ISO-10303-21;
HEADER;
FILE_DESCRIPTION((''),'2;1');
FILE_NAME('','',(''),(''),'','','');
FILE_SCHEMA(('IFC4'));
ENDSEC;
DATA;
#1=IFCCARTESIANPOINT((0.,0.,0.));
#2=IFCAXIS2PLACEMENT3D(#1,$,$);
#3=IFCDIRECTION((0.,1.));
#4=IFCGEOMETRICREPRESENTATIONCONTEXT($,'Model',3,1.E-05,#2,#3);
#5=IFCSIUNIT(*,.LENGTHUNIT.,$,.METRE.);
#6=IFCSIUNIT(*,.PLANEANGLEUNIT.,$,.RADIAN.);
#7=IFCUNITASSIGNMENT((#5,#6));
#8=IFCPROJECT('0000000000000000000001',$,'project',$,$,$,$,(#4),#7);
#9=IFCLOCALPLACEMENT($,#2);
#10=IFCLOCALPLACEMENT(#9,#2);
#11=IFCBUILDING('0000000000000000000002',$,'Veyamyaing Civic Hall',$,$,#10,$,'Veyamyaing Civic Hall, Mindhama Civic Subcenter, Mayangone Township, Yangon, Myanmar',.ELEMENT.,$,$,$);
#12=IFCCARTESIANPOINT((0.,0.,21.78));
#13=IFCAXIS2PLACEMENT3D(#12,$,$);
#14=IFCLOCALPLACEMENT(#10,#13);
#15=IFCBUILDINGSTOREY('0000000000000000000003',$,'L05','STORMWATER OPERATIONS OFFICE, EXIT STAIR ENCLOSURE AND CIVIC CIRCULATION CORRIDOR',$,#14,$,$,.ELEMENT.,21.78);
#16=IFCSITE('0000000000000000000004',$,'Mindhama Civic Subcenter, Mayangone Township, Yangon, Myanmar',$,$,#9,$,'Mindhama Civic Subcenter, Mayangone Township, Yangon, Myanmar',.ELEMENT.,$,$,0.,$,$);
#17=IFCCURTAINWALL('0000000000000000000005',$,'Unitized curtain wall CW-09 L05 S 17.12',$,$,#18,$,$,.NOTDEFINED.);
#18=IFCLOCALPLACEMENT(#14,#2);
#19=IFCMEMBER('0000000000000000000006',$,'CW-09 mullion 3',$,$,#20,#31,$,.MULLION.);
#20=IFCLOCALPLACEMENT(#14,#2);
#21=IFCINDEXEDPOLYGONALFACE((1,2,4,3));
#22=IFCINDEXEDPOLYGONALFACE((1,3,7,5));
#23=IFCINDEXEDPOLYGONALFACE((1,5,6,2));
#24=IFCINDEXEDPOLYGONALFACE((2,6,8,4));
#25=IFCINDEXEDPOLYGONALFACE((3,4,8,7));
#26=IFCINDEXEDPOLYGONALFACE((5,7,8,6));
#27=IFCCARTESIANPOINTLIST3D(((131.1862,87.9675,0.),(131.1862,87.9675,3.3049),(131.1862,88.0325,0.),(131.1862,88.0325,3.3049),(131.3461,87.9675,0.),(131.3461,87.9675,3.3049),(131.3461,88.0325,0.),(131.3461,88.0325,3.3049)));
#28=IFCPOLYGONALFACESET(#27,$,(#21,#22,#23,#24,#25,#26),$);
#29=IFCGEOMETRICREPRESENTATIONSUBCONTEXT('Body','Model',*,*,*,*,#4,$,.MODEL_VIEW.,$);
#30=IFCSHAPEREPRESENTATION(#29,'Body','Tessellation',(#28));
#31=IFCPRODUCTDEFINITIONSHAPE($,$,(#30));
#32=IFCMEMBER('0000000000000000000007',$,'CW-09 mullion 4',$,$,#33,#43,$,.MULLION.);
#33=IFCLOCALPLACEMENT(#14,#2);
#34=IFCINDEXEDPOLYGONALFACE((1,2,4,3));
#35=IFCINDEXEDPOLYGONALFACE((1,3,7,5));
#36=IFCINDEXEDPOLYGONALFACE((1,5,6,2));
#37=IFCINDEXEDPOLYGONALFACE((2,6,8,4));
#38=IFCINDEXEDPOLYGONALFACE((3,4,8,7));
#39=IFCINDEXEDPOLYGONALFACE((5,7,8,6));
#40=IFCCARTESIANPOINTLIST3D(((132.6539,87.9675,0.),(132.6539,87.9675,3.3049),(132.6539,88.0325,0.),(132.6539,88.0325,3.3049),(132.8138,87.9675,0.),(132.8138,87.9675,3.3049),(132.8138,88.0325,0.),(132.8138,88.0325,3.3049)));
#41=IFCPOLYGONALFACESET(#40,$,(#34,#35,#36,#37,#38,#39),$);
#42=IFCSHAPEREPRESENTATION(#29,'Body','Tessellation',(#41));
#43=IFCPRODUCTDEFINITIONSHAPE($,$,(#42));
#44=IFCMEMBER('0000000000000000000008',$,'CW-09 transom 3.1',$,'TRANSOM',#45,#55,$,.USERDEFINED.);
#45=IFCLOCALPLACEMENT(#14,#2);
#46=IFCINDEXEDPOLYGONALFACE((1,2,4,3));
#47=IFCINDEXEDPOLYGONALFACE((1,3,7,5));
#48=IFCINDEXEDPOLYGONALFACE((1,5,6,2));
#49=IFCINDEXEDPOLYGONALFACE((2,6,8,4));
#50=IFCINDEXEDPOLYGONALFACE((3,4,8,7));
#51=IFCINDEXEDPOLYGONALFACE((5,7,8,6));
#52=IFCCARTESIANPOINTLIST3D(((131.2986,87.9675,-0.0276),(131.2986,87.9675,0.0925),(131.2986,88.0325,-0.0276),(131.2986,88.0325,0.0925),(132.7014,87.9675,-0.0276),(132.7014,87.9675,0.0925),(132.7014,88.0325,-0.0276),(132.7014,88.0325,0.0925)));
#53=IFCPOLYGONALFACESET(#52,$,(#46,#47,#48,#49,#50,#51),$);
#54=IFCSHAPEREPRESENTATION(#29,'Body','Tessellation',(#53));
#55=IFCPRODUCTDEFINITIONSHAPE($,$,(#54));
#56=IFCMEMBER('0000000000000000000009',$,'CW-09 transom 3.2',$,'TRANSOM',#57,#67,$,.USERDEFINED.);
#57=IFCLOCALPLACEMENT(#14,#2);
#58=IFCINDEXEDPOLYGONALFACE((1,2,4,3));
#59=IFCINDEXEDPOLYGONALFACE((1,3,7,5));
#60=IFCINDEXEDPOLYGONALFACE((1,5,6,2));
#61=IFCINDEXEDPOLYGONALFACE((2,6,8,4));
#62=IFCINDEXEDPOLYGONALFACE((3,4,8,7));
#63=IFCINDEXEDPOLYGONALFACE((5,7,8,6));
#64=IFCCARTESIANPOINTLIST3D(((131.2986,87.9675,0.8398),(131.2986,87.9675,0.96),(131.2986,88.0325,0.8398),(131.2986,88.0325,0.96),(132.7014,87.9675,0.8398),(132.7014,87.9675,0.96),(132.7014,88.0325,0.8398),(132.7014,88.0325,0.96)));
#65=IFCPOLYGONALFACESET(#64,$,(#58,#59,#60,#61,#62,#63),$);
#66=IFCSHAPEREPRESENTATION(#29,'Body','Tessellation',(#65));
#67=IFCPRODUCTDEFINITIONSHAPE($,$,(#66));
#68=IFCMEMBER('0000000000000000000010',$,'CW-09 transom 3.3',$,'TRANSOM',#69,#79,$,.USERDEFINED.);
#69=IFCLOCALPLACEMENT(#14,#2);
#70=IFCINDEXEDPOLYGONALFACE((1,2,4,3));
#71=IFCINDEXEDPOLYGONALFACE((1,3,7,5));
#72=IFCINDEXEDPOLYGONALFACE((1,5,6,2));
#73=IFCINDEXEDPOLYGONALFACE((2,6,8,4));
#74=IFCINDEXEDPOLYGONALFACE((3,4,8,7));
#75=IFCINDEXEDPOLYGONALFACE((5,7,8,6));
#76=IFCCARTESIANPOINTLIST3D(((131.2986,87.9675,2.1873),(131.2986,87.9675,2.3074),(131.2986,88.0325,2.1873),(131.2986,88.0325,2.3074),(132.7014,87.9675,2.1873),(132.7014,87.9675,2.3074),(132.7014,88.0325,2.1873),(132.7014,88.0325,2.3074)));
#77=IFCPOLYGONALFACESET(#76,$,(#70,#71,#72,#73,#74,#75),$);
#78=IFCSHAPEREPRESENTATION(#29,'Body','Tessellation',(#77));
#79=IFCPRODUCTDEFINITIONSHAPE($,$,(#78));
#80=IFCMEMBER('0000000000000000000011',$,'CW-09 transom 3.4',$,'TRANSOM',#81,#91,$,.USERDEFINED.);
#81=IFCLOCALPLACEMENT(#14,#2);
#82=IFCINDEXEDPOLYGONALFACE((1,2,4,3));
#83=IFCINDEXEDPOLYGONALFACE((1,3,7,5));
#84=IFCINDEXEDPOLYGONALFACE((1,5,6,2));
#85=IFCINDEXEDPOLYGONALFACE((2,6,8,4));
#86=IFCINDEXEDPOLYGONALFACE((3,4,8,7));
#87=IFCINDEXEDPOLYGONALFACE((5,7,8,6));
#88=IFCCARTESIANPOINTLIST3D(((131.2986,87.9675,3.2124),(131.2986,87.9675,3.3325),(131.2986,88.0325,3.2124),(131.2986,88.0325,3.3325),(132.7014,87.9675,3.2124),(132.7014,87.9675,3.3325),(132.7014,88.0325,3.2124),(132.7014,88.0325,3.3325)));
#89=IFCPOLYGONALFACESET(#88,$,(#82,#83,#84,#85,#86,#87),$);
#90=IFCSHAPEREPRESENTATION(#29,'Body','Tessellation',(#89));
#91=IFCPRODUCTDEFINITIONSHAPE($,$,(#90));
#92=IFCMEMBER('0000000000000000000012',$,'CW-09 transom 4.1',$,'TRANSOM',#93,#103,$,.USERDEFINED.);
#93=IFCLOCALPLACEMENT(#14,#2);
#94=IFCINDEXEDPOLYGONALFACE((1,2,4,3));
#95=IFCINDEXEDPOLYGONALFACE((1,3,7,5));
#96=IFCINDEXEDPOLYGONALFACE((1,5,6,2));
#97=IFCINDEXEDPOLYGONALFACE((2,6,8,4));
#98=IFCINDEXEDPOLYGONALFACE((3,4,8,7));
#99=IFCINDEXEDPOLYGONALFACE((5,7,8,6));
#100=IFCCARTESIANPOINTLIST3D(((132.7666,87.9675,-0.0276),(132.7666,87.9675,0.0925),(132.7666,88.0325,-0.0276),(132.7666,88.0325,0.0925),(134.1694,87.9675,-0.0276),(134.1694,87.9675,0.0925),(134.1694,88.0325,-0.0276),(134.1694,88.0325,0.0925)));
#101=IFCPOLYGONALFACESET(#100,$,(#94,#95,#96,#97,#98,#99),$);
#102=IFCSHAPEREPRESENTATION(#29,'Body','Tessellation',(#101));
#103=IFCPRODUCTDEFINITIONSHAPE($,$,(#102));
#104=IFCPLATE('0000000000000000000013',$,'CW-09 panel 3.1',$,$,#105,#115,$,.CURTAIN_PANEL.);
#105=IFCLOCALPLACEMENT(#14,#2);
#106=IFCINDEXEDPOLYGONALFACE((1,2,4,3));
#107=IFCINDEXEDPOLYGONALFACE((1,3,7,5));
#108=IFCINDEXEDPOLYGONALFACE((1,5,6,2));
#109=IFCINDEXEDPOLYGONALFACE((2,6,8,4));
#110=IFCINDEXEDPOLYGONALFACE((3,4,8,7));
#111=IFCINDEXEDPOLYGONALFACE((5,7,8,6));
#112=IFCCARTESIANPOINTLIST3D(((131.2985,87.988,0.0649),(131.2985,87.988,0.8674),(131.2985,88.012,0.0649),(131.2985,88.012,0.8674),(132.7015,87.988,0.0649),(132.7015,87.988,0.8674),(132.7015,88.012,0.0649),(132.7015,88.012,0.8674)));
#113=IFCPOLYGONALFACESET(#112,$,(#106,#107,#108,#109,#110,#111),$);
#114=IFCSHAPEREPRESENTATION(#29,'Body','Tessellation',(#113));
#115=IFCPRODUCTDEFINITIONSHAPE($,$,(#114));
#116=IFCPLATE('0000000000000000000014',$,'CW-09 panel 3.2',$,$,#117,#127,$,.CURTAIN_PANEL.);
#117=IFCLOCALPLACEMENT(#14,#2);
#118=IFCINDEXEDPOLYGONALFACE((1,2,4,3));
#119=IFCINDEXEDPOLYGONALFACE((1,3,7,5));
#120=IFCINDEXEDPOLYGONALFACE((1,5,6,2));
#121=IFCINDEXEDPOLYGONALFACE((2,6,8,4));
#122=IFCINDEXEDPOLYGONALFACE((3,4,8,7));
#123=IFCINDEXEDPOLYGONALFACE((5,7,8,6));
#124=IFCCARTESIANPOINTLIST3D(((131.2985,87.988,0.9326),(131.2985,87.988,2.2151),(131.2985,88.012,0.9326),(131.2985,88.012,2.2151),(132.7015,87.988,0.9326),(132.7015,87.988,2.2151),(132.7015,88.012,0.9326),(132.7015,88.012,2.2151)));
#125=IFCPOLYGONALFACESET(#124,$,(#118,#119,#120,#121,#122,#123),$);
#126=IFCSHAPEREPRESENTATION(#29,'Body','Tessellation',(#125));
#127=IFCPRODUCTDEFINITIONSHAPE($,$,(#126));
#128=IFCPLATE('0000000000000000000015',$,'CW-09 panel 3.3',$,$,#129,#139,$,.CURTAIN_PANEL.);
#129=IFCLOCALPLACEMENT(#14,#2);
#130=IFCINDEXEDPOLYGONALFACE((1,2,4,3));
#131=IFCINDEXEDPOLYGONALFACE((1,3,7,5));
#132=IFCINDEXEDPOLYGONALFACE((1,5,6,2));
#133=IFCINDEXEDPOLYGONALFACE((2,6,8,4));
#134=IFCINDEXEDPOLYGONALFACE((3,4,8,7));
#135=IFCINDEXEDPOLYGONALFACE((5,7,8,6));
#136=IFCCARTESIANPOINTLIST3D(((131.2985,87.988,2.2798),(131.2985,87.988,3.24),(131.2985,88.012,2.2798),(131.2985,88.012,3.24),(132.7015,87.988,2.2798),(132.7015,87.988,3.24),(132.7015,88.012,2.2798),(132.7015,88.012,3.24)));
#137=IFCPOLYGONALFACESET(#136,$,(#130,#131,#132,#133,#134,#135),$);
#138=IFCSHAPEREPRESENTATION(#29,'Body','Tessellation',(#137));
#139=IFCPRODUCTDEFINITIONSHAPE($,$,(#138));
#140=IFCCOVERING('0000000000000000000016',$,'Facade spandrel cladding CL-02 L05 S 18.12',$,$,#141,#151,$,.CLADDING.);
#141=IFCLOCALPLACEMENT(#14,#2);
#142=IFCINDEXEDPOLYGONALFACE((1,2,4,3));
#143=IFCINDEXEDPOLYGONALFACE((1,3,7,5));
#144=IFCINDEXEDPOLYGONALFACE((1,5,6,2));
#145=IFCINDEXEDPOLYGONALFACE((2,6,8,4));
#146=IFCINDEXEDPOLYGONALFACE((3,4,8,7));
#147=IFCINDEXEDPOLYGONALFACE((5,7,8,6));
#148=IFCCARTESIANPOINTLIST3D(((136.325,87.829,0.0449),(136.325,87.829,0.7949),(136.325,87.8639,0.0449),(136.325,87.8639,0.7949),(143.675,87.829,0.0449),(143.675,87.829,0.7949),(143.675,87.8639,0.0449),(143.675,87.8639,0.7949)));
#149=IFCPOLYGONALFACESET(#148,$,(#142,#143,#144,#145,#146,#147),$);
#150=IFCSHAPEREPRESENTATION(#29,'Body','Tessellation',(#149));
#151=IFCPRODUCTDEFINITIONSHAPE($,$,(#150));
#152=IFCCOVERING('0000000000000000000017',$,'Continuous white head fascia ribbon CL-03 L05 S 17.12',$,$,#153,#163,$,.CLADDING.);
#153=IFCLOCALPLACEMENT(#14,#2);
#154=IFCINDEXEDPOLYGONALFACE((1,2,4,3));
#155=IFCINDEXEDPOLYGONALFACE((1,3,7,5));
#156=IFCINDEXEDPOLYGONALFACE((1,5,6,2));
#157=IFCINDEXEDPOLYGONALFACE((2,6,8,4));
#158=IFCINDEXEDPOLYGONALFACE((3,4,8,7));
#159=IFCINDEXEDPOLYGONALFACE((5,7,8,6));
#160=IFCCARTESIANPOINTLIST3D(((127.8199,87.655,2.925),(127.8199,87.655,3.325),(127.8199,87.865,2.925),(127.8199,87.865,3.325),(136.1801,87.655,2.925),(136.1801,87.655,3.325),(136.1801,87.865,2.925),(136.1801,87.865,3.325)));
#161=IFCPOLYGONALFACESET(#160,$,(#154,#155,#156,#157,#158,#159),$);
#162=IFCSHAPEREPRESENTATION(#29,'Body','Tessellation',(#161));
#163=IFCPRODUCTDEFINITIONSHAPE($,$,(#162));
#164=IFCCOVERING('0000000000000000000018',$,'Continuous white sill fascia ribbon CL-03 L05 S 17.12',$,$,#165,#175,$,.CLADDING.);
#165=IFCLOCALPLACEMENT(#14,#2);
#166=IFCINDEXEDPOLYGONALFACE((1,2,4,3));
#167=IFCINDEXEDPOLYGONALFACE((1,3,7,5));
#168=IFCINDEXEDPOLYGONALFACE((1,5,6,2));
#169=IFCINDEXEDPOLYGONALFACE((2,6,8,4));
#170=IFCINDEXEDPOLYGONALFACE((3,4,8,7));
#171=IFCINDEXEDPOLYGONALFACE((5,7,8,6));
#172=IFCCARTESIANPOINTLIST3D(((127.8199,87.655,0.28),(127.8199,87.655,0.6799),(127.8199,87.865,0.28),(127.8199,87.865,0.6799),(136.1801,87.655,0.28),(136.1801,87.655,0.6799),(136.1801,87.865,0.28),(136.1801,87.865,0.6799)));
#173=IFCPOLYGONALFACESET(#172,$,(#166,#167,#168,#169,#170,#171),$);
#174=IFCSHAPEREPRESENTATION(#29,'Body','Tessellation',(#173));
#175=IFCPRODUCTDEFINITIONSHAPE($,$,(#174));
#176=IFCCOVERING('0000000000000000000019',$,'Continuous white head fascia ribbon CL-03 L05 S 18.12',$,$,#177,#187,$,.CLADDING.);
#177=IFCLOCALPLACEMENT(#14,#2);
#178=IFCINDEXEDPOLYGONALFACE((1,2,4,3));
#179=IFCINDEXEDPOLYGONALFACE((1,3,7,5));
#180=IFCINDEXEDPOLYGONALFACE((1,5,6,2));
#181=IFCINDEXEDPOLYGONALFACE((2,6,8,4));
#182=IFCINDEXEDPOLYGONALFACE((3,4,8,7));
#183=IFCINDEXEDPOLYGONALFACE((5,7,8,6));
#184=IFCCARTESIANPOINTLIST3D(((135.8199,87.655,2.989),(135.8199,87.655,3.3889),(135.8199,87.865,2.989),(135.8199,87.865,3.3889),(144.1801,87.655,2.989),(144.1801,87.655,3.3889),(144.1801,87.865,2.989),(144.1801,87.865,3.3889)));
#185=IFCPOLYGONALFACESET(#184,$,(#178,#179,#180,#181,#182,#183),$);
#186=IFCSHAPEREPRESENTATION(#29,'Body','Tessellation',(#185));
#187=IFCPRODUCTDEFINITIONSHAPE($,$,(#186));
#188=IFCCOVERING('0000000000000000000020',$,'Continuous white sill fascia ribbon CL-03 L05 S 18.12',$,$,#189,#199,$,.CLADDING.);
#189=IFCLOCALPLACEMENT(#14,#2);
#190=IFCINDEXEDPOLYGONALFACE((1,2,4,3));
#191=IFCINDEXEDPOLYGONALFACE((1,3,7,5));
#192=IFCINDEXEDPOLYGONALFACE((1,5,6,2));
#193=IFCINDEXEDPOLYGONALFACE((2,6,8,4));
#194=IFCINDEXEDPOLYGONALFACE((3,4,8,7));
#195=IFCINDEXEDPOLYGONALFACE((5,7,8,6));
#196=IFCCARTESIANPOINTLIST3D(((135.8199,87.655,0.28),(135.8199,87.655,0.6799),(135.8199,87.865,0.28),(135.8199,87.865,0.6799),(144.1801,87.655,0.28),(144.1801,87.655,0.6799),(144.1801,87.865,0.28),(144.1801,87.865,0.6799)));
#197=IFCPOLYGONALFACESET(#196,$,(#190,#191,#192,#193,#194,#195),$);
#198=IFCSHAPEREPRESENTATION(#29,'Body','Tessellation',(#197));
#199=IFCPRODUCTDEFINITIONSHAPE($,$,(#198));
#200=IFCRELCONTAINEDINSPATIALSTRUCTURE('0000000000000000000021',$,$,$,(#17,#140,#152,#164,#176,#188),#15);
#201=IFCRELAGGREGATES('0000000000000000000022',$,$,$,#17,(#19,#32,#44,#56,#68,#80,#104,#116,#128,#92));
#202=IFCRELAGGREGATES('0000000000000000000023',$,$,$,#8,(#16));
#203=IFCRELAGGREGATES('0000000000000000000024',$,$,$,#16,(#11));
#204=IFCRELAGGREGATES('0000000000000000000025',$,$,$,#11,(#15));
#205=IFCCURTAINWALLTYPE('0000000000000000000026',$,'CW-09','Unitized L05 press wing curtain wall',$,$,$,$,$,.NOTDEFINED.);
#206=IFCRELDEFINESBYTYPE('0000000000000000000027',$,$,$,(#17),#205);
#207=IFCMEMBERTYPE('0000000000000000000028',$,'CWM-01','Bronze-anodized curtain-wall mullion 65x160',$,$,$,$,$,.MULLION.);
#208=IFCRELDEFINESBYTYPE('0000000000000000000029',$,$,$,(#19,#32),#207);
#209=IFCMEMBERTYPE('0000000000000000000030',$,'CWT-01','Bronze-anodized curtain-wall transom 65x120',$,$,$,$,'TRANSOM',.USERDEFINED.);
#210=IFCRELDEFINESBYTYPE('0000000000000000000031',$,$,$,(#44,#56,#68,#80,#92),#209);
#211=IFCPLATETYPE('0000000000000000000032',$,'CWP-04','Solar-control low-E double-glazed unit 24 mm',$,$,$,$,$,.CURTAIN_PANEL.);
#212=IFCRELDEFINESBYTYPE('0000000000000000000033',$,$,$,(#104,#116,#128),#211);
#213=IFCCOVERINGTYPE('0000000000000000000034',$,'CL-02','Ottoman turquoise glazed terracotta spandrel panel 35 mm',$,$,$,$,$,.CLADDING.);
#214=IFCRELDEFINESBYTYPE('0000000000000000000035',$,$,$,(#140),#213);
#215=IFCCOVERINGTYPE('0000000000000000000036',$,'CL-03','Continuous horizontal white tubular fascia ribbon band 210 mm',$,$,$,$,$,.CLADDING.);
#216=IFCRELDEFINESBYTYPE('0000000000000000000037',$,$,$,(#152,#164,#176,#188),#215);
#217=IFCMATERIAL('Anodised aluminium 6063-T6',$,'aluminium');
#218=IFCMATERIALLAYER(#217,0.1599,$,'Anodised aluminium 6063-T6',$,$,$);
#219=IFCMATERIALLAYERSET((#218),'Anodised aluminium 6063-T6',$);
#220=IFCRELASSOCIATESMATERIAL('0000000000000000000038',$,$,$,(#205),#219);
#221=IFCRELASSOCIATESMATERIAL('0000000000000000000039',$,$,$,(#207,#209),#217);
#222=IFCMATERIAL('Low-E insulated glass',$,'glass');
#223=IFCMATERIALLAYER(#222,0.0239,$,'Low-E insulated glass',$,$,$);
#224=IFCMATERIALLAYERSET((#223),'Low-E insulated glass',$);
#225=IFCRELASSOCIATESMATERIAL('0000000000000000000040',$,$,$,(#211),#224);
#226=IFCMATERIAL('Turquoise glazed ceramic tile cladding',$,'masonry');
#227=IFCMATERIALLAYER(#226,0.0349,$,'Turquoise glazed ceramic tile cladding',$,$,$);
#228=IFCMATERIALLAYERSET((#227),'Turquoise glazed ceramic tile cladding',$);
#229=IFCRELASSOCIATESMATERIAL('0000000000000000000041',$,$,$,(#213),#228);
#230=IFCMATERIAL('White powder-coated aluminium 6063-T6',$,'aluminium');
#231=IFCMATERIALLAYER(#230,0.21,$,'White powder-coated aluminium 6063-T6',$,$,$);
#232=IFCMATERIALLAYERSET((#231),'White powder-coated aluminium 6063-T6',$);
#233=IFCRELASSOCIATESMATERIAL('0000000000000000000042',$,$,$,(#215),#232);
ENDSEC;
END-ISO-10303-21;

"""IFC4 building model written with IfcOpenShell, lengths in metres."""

from ifc_helpers import new_model, si_unit, direction, frame, origin, origin_2d, place, context, subcontext, project, spatial, rectangle, extrude, material, layer, layer_set, material_profile, profile_set, type_object, element, aggregate, save


model = new_model("IFC4")

# Units and contexts
model_context = context("Model", 3, precision=1e-05, world=origin(), true_north=direction((0.0, 1.0)))
body_context = subcontext(model_context, "Body", "Model", "MODEL_VIEW")
ifc_project = project(units=[si_unit("LENGTHUNIT", "METRE"), si_unit("PLANEANGLEUNIT", "RADIAN")], contexts=[model_context])

# Site, building, storey
site_placement = place(None, origin())
site = spatial("IfcSite", under=ifc_project, at=site_placement, Name="Mindhama Civic Subcenter, Mayangone Township, Yangon, Myanmar", LongName="Mindhama Civic Subcenter, Mayangone Township, Yangon, Myanmar", CompositionType="ELEMENT", RefElevation=0.0)
building_placement = place(site_placement, origin())
building = spatial("IfcBuilding", under=site, at=building_placement, Name="Veyamyaing Civic Hall", LongName="Veyamyaing Civic Hall, Mindhama Civic Subcenter, Mayangone Township, Yangon, Myanmar", CompositionType="ELEMENT")
storey_placement = place(building_placement, frame((0.0, 0.0, 21.78)))
storey = spatial("IfcBuildingStorey", under=building, at=storey_placement, Name="L05", Description="STORMWATER OPERATIONS OFFICE, EXIT STAIR ENCLOSURE AND CIVIC CIRCULATION CORRIDOR", CompositionType="ELEMENT", Elevation=21.78)

# Curtain wall, members, plates
ifc_material_1 = material(Name="Anodised aluminium 6063-T6", Category="aluminium")
ifc_layer_1 = layer(ifc_material_1, 0.1599, Name="Anodised aluminium 6063-T6")
ifc_layer_set_1 = layer_set([ifc_layer_1], Name="Anodised aluminium 6063-T6")
curtain_wall_type = type_object("IfcCurtainWallType", Name="CW-09", Description="Unitized L05 press wing curtain wall", PredefinedType="NOTDEFINED", material=ifc_layer_set_1)
curtain_wall_placement = place(storey_placement, origin())
curtain_wall = element("IfcCurtainWall", 1, at=curtain_wall_placement, inside=storey, type_object=curtain_wall_type, Name="Unitized curtain wall CW-09 L05 S 17.12", PredefinedType="NOTDEFINED")
ifc_material_profile_1 = material_profile(ifc_material_1, rectangle(XDim=0.0649, YDim=0.1599, at=origin_2d()), Name="ALU-MUL-65X160")
ifc_profile_set_1 = profile_set([ifc_material_profile_1], Name="Anodised aluminium 6063-T6")
member_type_1 = type_object("IfcMemberType", Name="CWM-01", Description="Bronze-anodized curtain-wall mullion 65x160", PredefinedType="MULLION", material=ifc_profile_set_1)
member_1_placement = place(storey_placement, frame((131.2661, 88.0, 0.0), z_axis=(0.0, 0.0, 1.0), x_axis=(0.0, 1.0, 0.0)))
member_1 = element("IfcMember", 2, at=member_1_placement, type_object=member_type_1, Name="CW-09 mullion 3", PredefinedType="MULLION", context=body_context, shape_type="SweptSolid", body=[
    extrude(rectangle(XDim=0.0649, YDim=0.1599, at=origin_2d()), origin(), (0.0, 0.0, 1.0), 3.3049),
])
member_2_placement = place(storey_placement, frame((132.7339, 88.0, 0.0), z_axis=(0.0, 0.0, 1.0), x_axis=(0.0, 1.0, 0.0)))
member_2 = element("IfcMember", 3, at=member_2_placement, type_object=member_type_1, Name="CW-09 mullion 4", PredefinedType="MULLION", context=body_context, shape_type="SweptSolid", body=[
    extrude(rectangle(XDim=0.0649, YDim=0.1599, at=origin_2d()), origin(), (0.0, 0.0, 1.0), 3.3049),
])
ifc_material_profile_2 = material_profile(ifc_material_1, rectangle(XDim=0.0649, YDim=0.1201, at=origin_2d()), Name="ALU-TRN-65X120")
ifc_profile_set_2 = profile_set([ifc_material_profile_2], Name="Anodised aluminium 6063-T6")
member_type_2 = type_object("IfcMemberType", Name="CWT-01", Description="Bronze-anodized curtain-wall transom 65x120", ElementType="TRANSOM", PredefinedType="USERDEFINED", material=ifc_profile_set_2)
member_3_placement = place(storey_placement, frame((131.2986, 88.0, 0.0325), z_axis=(1.0, 0.0, 0.0), x_axis=(0.0, 1.0, 0.0)))
member_3 = element("IfcMember", 4, at=member_3_placement, type_object=member_type_2, Name="CW-09 transom 3.1", ObjectType="TRANSOM", PredefinedType="USERDEFINED", context=body_context, shape_type="SweptSolid", body=[
    extrude(rectangle(XDim=0.0649, YDim=0.1201, at=origin_2d()), origin(), (0.0, 0.0, 1.0), 1.4028),
])
member_4_placement = place(storey_placement, frame((131.2986, 88.0, 0.8999), z_axis=(1.0, 0.0, 0.0), x_axis=(0.0, 1.0, 0.0)))
member_4 = element("IfcMember", 5, at=member_4_placement, type_object=member_type_2, Name="CW-09 transom 3.2", ObjectType="TRANSOM", PredefinedType="USERDEFINED", context=body_context, shape_type="SweptSolid", body=[
    extrude(rectangle(XDim=0.0649, YDim=0.1201, at=origin_2d()), origin(), (0.0, 0.0, 1.0), 1.4028),
])
member_5_placement = place(storey_placement, frame((131.2986, 88.0, 2.2473), z_axis=(1.0, 0.0, 0.0), x_axis=(0.0, 1.0, 0.0)))
member_5 = element("IfcMember", 6, at=member_5_placement, type_object=member_type_2, Name="CW-09 transom 3.3", ObjectType="TRANSOM", PredefinedType="USERDEFINED", context=body_context, shape_type="SweptSolid", body=[
    extrude(rectangle(XDim=0.0649, YDim=0.1201, at=origin_2d()), origin(), (0.0, 0.0, 1.0), 1.4028),
])
member_6_placement = place(storey_placement, frame((131.2986, 88.0, 3.2725), z_axis=(1.0, 0.0, 0.0), x_axis=(0.0, 1.0, 0.0)))
member_6 = element("IfcMember", 7, at=member_6_placement, type_object=member_type_2, Name="CW-09 transom 3.4", ObjectType="TRANSOM", PredefinedType="USERDEFINED", context=body_context, shape_type="SweptSolid", body=[
    extrude(rectangle(XDim=0.0649, YDim=0.1201, at=origin_2d()), origin(), (0.0, 0.0, 1.0), 1.4028),
])
member_7_placement = place(storey_placement, frame((132.7666, 88.0, 0.0325), z_axis=(1.0, 0.0, 0.0), x_axis=(0.0, 1.0, 0.0)))
member_7 = element("IfcMember", 8, at=member_7_placement, type_object=member_type_2, Name="CW-09 transom 4.1", ObjectType="TRANSOM", PredefinedType="USERDEFINED", context=body_context, shape_type="SweptSolid", body=[
    extrude(rectangle(XDim=0.0649, YDim=0.1201, at=origin_2d()), origin(), (0.0, 0.0, 1.0), 1.4028),
])
ifc_material_2 = material(Name="Low-E insulated glass", Category="glass")
ifc_layer_2 = layer(ifc_material_2, 0.0239, Name="Low-E insulated glass")
ifc_layer_set_2 = layer_set([ifc_layer_2], Name="Low-E insulated glass")
plate_type = type_object("IfcPlateType", Name="CWP-04", Description="Solar-control low-E double-glazed unit 24 mm", PredefinedType="CURTAIN_PANEL", material=ifc_layer_set_2)
plate_1_placement = place(storey_placement, frame((132.0, 88.0, 0.0649), z_axis=(0.0, 0.0, 1.0), x_axis=(1.0, 0.0, 0.0)))
plate_1 = element("IfcPlate", 9, at=plate_1_placement, type_object=plate_type, Name="CW-09 panel 3.1", PredefinedType="CURTAIN_PANEL", context=body_context, shape_type="SweptSolid", body=[
    extrude(rectangle(XDim=1.4031, YDim=0.0239, at=origin_2d()), origin(), (0.0, 0.0, 1.0), 0.8025),
])
plate_2_placement = place(storey_placement, frame((132.0, 88.0, 0.9326), z_axis=(0.0, 0.0, 1.0), x_axis=(1.0, 0.0, 0.0)))
plate_2 = element("IfcPlate", 10, at=plate_2_placement, type_object=plate_type, Name="CW-09 panel 3.2", PredefinedType="CURTAIN_PANEL", context=body_context, shape_type="SweptSolid", body=[
    extrude(rectangle(XDim=1.4031, YDim=0.0239, at=origin_2d()), origin(), (0.0, 0.0, 1.0), 1.2825),
])
plate_3_placement = place(storey_placement, frame((132.0, 88.0, 2.2798), z_axis=(0.0, 0.0, 1.0), x_axis=(1.0, 0.0, 0.0)))
plate_3 = element("IfcPlate", 11, at=plate_3_placement, type_object=plate_type, Name="CW-09 panel 3.3", PredefinedType="CURTAIN_PANEL", context=body_context, shape_type="SweptSolid", body=[
    extrude(rectangle(XDim=1.4031, YDim=0.0239, at=origin_2d()), origin(), (0.0, 0.0, 1.0), 0.9602),
])
aggregate(curtain_wall, [member_1, member_2, member_3, member_4, member_5, member_6, plate_1, plate_2, plate_3, member_7])

# Coverings
ifc_material_3 = material(Name="Turquoise glazed ceramic tile cladding", Category="masonry")
ifc_layer_3 = layer(ifc_material_3, 0.0349, Name="Turquoise glazed ceramic tile cladding")
ifc_layer_set_3 = layer_set([ifc_layer_3], Name="Turquoise glazed ceramic tile cladding")
covering_type_1 = type_object("IfcCoveringType", Name="CL-02", Description="Ottoman turquoise glazed terracotta spandrel panel 35 mm", PredefinedType="CLADDING", material=ifc_layer_set_3)
covering_placement = place(storey_placement, frame((140.0, 87.8464, 0.0449), z_axis=(0.0, 0.0, 1.0), x_axis=(1.0, 0.0, 0.0)))
element("IfcCovering", 12, at=covering_placement, inside=storey, type_object=covering_type_1, Name="Facade spandrel cladding CL-02 L05 S 18.12", PredefinedType="CLADDING", context=body_context, shape_type="SweptSolid", body=[
    extrude(rectangle(XDim=7.3501, YDim=0.0349, at=origin_2d()), origin(), (0.0, 0.0, 1.0), 0.75),
])
ifc_material_4 = material(Name="White powder-coated aluminium 6063-T6", Category="aluminium")
ifc_layer_4 = layer(ifc_material_4, 0.21, Name="White powder-coated aluminium 6063-T6")
ifc_layer_set_4 = layer_set([ifc_layer_4], Name="White powder-coated aluminium 6063-T6")
covering_type_2 = type_object("IfcCoveringType", Name="CL-03", Description="Continuous horizontal white tubular fascia ribbon band 210 mm", PredefinedType="CLADDING", material=ifc_layer_set_4)
for number, where, z_axis, x_axis, name in (
    (13, (132.0, 87.76, 2.925), (0.0, 0.0, 1.0), (1.0, 0.0, 0.0), "Continuous white head fascia ribbon CL-03 L05 S 17.12"),
    (14, (132.0, 87.76, 0.28), (0.0, 0.0, 1.0), (1.0, 0.0, 0.0), "Continuous white sill fascia ribbon CL-03 L05 S 17.12"),
    (15, (140.0, 87.76, 2.989), (0.0, 0.0, 1.0), (1.0, 0.0, 0.0), "Continuous white head fascia ribbon CL-03 L05 S 18.12"),
    (16, (140.0, 87.76, 0.28), (0.0, 0.0, 1.0), (1.0, 0.0, 0.0), "Continuous white sill fascia ribbon CL-03 L05 S 18.12"),
):
    element("IfcCovering", number, at=place(storey_placement, frame(where, z_axis=z_axis, x_axis=x_axis)), inside=storey, type_object=covering_type_2, Name=name, PredefinedType="CLADDING", context=body_context, shape_type="SweptSolid", body=[
        extrude(rectangle(XDim=8.3601, YDim=0.21, at=origin_2d()), origin(), (0.0, 0.0, 1.0), 0.3999),
    ])

save(model, "model.ifc")
